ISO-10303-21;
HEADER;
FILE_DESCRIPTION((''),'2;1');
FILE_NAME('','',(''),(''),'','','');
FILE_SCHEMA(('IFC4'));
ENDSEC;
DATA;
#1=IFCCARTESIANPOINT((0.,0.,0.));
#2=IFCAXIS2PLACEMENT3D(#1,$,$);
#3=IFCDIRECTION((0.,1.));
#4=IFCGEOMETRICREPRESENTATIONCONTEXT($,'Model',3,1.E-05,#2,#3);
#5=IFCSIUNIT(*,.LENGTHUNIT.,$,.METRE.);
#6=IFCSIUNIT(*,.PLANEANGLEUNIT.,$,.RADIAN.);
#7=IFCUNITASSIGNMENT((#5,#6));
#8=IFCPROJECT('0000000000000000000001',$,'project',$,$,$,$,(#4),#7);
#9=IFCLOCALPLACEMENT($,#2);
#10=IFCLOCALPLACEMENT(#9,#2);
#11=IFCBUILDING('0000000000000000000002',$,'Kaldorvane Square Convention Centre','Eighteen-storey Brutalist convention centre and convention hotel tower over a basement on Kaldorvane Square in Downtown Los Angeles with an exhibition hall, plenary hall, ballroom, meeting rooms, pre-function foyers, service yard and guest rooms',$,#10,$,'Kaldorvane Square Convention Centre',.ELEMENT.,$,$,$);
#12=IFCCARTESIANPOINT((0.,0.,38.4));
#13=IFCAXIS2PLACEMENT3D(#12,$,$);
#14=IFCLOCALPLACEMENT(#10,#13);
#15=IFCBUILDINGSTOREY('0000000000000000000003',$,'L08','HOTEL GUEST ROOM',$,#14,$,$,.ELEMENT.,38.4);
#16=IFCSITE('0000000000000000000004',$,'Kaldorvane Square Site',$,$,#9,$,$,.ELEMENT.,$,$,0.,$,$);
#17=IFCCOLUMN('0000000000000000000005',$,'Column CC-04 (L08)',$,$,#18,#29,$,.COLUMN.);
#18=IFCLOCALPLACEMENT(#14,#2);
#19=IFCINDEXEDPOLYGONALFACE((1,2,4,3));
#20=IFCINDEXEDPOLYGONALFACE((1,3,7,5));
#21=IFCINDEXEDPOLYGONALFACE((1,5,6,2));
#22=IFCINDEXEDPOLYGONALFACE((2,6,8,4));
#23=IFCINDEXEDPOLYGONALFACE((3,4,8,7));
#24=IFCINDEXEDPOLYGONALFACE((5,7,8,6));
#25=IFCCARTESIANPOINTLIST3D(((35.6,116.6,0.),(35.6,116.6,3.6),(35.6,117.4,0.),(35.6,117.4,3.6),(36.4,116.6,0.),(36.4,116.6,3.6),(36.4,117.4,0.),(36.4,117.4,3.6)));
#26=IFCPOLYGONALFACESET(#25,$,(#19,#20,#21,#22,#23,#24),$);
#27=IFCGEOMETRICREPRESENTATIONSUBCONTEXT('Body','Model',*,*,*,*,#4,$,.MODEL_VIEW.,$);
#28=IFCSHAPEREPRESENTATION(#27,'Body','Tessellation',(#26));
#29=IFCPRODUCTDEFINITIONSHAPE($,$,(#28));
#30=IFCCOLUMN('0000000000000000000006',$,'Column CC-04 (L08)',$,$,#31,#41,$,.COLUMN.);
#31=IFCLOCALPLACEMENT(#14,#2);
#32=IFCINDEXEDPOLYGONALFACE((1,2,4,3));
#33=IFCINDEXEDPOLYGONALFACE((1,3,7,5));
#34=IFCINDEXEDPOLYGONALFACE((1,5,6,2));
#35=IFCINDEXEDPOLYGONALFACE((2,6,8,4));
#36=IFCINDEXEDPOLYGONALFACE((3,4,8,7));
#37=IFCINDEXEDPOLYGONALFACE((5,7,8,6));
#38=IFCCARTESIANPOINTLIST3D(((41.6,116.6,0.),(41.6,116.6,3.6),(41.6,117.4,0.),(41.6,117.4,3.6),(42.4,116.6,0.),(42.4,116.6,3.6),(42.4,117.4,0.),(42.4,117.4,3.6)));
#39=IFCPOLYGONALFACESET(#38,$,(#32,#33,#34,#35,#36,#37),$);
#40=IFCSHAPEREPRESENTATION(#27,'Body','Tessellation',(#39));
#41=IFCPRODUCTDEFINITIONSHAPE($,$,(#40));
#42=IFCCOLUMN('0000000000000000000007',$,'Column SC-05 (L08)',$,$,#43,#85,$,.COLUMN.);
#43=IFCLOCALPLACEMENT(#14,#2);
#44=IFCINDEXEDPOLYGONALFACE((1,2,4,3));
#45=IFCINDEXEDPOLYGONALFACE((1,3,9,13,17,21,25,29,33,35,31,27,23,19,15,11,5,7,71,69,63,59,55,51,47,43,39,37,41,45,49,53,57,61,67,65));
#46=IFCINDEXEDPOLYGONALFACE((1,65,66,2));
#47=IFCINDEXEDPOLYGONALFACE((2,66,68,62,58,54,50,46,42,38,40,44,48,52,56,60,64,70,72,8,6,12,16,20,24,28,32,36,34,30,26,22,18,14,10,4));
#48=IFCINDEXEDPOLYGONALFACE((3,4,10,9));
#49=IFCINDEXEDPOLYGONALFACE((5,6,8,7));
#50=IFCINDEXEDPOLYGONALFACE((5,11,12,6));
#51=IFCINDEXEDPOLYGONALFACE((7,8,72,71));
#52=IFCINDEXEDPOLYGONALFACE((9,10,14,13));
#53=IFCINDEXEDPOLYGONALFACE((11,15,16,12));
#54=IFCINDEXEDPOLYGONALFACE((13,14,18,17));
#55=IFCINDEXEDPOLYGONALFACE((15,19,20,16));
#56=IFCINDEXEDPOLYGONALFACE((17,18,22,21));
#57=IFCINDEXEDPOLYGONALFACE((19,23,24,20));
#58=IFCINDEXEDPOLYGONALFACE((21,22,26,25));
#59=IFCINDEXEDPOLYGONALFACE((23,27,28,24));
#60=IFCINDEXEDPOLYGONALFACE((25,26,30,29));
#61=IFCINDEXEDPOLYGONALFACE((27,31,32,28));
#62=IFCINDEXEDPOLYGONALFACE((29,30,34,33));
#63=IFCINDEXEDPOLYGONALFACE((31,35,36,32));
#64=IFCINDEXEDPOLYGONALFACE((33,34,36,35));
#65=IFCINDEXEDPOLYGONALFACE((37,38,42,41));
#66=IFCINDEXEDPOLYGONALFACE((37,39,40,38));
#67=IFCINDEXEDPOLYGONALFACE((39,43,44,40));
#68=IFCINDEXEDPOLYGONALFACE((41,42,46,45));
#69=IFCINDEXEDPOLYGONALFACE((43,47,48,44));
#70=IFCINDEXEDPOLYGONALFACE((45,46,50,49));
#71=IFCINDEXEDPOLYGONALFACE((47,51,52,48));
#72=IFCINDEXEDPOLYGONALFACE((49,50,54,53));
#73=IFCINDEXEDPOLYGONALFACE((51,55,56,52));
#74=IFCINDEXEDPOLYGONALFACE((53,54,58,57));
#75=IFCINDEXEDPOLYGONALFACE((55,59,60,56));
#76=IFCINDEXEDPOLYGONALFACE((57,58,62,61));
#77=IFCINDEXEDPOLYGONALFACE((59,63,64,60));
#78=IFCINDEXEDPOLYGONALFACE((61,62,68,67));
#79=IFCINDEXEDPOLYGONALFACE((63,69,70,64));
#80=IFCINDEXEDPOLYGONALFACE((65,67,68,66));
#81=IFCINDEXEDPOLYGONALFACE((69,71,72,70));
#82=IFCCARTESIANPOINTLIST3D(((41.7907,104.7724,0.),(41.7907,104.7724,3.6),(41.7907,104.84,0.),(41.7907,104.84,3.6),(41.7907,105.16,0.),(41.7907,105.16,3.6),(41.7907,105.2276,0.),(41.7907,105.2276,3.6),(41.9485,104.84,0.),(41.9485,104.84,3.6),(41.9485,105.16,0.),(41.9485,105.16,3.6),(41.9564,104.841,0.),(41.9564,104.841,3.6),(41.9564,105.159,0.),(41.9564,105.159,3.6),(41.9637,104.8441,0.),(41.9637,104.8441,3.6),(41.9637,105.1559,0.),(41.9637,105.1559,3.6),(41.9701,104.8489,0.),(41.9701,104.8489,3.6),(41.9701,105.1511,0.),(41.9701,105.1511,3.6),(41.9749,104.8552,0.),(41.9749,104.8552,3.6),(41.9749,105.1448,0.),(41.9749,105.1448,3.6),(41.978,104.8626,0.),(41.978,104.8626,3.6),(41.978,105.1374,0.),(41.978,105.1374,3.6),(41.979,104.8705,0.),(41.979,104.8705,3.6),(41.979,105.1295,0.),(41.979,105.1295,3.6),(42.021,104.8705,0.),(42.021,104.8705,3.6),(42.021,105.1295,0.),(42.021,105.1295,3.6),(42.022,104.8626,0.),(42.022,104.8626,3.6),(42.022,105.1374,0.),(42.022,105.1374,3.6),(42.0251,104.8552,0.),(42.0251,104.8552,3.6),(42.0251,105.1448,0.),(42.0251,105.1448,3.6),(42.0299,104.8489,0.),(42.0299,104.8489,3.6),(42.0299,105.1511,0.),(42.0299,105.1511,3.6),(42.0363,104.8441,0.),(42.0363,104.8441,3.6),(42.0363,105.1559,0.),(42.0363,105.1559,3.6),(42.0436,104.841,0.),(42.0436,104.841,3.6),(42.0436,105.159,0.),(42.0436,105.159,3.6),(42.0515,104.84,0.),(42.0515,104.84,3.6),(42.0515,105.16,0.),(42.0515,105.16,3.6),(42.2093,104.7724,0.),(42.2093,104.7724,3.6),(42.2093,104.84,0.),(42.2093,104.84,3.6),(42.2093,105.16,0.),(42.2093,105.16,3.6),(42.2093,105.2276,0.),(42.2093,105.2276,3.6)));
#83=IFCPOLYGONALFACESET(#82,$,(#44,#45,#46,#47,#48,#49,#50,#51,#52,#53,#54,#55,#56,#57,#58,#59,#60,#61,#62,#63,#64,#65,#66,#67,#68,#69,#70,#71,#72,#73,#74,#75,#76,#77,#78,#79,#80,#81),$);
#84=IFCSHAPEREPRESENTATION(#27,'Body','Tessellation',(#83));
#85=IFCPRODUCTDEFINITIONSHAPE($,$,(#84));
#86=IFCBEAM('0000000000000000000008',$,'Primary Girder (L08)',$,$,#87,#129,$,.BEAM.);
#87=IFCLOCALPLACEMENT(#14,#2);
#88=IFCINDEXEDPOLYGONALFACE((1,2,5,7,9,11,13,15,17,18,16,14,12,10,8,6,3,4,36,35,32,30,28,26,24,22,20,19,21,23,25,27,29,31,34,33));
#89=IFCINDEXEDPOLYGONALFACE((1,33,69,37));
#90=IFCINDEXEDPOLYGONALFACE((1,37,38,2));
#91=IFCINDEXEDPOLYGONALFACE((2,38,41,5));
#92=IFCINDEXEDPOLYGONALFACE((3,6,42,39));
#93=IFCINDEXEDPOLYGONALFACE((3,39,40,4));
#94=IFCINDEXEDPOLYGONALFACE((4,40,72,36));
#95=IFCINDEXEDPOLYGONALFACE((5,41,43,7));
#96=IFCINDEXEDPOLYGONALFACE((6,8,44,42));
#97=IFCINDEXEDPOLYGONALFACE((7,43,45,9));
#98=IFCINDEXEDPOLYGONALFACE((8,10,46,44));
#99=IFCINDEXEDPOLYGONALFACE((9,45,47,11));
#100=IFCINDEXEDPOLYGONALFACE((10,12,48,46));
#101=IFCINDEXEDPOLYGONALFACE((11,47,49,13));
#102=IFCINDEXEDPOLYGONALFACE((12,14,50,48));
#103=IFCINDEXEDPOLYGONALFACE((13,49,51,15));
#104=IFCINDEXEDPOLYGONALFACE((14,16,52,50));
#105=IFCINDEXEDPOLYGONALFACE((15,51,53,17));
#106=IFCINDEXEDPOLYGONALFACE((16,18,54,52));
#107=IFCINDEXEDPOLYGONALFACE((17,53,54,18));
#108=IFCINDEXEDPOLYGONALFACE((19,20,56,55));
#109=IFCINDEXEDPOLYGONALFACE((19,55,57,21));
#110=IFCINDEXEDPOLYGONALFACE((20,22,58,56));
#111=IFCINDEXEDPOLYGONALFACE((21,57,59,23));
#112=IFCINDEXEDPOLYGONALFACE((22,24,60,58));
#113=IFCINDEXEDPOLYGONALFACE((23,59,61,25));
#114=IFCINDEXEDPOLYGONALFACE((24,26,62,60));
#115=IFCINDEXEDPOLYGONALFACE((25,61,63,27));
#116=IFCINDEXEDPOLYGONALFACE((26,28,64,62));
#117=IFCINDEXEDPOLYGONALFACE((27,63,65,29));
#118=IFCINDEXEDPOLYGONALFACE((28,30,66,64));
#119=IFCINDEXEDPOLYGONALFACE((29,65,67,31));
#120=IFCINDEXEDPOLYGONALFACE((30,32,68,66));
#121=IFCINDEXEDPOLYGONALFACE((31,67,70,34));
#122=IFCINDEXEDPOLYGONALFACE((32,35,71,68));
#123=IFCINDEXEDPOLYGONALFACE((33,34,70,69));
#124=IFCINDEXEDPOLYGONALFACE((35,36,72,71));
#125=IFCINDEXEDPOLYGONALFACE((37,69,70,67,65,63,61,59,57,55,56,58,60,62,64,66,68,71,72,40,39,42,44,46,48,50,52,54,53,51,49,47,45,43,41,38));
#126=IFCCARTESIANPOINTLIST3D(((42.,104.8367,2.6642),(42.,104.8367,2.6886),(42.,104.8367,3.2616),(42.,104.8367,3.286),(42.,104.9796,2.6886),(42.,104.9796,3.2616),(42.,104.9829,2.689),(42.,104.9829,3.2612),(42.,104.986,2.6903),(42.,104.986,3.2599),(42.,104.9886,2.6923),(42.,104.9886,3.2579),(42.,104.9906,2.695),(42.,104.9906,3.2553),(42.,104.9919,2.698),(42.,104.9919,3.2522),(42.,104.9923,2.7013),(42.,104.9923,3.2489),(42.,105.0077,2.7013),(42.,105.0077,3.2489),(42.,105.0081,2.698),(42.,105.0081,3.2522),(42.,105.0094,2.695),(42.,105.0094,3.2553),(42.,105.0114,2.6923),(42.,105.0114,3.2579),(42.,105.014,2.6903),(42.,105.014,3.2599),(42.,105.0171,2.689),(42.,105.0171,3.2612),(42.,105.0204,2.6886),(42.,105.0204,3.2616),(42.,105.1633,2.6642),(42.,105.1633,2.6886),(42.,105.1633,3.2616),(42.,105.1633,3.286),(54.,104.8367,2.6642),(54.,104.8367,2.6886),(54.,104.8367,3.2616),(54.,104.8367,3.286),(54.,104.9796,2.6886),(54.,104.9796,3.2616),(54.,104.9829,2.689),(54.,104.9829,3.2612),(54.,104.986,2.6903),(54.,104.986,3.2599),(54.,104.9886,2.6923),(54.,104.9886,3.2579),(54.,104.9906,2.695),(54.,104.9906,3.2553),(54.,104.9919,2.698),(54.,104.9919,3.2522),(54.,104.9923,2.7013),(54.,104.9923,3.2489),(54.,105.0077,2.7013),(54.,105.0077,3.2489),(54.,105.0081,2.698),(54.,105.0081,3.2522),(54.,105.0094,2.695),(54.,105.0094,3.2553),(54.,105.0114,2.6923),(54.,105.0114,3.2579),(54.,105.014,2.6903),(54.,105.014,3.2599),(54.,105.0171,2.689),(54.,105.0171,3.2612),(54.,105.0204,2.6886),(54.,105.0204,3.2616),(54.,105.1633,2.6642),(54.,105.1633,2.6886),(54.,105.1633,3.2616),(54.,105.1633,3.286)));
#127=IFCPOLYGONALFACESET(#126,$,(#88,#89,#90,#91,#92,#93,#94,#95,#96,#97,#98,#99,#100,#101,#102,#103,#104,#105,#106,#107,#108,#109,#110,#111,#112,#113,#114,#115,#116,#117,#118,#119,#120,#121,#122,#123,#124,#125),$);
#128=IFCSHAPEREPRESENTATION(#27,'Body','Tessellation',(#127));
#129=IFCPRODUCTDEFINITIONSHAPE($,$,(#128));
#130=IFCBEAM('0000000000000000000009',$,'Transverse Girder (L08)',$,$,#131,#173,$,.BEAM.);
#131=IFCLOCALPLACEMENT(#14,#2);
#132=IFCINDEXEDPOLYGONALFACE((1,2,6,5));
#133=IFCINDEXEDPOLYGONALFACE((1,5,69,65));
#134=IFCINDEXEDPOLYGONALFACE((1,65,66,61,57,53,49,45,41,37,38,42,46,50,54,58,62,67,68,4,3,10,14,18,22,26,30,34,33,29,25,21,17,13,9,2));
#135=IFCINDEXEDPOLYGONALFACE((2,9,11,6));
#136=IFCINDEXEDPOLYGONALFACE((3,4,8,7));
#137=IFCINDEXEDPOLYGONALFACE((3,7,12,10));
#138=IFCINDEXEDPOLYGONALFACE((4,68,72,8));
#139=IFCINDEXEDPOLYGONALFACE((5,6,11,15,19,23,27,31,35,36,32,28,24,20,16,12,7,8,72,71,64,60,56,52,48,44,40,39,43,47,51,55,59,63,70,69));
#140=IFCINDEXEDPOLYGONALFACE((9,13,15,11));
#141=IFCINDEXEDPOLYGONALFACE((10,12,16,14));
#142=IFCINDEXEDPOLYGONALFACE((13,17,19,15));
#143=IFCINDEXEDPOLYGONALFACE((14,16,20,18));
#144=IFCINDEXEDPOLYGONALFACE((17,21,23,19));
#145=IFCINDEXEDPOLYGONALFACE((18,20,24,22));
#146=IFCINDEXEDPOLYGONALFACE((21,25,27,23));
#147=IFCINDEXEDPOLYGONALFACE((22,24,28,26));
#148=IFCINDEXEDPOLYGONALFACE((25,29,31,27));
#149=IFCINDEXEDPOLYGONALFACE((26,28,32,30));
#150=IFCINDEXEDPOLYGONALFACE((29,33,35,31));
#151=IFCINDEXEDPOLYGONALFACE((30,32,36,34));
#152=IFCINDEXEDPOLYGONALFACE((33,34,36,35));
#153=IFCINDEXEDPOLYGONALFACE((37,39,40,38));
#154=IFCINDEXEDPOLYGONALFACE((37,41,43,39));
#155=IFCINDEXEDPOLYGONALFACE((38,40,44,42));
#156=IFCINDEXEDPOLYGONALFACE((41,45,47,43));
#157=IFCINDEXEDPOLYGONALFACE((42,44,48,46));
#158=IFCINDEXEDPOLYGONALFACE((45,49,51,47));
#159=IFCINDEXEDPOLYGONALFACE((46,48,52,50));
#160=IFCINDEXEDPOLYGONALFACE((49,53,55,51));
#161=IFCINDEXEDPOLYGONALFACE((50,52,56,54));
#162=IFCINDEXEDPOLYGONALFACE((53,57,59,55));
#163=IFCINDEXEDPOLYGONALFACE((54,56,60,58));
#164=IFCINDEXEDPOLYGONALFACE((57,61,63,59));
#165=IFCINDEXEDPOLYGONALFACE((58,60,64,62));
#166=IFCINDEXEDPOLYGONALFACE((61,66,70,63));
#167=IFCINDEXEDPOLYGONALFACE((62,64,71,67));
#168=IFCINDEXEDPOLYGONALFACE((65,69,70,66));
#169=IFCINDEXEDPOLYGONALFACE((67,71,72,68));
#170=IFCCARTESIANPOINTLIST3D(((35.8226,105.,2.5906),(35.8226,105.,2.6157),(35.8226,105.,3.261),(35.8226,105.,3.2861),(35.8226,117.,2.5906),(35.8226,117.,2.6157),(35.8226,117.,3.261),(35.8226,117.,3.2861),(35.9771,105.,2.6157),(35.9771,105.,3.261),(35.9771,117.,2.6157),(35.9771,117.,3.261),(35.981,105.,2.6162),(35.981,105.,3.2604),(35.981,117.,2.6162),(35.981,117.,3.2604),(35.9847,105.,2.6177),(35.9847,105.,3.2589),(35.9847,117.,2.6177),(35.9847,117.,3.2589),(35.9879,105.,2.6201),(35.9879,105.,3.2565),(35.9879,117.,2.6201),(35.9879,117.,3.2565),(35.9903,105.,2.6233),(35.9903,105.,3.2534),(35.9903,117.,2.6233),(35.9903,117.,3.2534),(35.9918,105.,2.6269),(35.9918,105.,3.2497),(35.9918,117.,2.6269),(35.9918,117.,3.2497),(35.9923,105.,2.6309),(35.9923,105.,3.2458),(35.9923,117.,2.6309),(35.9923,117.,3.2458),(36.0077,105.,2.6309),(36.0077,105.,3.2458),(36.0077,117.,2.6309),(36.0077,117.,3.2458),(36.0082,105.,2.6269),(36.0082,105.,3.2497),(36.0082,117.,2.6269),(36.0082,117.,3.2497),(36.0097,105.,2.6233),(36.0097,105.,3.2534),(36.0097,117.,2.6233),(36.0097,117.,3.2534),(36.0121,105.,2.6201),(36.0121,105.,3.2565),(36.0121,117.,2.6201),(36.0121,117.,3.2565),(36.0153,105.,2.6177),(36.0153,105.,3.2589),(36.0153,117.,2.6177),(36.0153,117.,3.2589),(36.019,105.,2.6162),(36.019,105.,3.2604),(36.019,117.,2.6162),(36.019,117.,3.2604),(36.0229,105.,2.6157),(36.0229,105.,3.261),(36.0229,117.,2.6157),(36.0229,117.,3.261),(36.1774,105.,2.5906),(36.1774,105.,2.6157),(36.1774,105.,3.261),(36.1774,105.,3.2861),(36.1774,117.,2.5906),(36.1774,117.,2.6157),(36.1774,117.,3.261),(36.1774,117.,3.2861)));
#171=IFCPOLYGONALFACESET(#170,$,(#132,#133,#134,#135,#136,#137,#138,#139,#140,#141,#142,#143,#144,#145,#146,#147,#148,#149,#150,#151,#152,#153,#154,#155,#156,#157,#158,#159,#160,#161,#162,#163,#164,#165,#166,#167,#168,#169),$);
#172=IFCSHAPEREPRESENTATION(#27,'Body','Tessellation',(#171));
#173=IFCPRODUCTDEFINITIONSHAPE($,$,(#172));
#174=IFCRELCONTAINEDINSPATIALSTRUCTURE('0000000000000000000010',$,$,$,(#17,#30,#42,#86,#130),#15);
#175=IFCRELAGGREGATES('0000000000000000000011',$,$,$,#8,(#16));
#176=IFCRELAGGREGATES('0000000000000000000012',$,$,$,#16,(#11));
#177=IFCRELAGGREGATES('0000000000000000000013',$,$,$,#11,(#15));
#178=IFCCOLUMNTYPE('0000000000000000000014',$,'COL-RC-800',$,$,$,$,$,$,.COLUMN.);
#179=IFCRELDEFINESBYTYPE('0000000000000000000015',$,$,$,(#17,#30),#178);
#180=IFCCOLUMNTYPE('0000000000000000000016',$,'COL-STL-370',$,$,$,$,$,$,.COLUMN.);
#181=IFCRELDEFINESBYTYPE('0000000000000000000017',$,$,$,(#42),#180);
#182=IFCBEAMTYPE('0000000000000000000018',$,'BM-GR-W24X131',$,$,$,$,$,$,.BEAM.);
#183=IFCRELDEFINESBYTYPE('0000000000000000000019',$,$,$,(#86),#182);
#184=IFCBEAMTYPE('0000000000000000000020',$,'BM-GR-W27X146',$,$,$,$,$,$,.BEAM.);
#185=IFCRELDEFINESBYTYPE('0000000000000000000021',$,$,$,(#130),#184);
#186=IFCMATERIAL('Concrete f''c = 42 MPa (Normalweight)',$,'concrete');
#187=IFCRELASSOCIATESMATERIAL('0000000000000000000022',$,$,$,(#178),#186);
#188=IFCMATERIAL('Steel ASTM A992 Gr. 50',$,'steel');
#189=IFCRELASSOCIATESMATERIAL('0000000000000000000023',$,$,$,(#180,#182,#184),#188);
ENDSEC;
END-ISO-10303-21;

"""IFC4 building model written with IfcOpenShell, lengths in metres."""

from ifc_helpers import new_model, si_unit, direction, frame, origin, origin_2d, place, context, subcontext, project, spatial, rectangle, i_section, extrude, material, material_profile, profile_set, type_object, element, save


model = new_model("IFC4")

# Units and contexts
model_context = context("Model", 3, precision=1e-05, world=origin(), true_north=direction((0.0, 1.0)))
body_context = subcontext(model_context, "Body", "Model", "MODEL_VIEW")
ifc_project = project(units=[si_unit("LENGTHUNIT", "METRE"), si_unit("PLANEANGLEUNIT", "RADIAN")], contexts=[model_context])

# Site, building, storey
site_placement = place(None, origin())
site = spatial("IfcSite", under=ifc_project, at=site_placement, Name="Kaldorvane Square Site", CompositionType="ELEMENT", RefElevation=0.0)
building_placement = place(site_placement, origin())
building = spatial("IfcBuilding", under=site, at=building_placement, Name="Kaldorvane Square Convention Centre", Description="Eighteen-storey Brutalist convention centre and convention hotel tower over a basement on Kaldorvane Square in Downtown Los Angeles with an exhibition hall, plenary hall, ballroom, meeting rooms, pre-function foyers, service yard and guest rooms", LongName="Kaldorvane Square Convention Centre", CompositionType="ELEMENT")
storey_placement = place(building_placement, frame((0.0, 0.0, 38.4)))
storey = spatial("IfcBuildingStorey", under=building, at=storey_placement, Name="L08", Description="HOTEL GUEST ROOM", CompositionType="ELEMENT", Elevation=38.4)

# Columns
ifc_material_1 = material(Name="Concrete f'c = 42 MPa (Normalweight)", Category="concrete")
ifc_material_profile_1 = material_profile(ifc_material_1, rectangle(XDim=0.8, YDim=0.8, at=origin_2d()), Name="RC800X800")
ifc_profile_set_1 = profile_set([ifc_material_profile_1], Name="Concrete f'c = 42 MPa (Normalweight)")
column_type_1 = type_object("IfcColumnType", Name="COL-RC-800", PredefinedType="COLUMN", material=ifc_profile_set_1)
for number, where, z_axis, x_axis, name in (
    (1, (36.0, 117.0, 0.0), (0.0, 0.0, 1.0), (1.0, 0.0, 0.0), "Column CC-04 (L08)"),
    (2, (42.0, 117.0, 0.0), (0.0, 0.0, 1.0), (1.0, 0.0, 0.0), "Column CC-04 (L08)"),
):
    element("IfcColumn", number, at=place(storey_placement, frame(where, z_axis=z_axis, x_axis=x_axis)), inside=storey, type_object=column_type_1, Name=name, PredefinedType="COLUMN", context=body_context, shape_type="SweptSolid", body=[
        extrude(rectangle(XDim=0.8, YDim=0.8, at=origin_2d()), origin(), (0.0, 0.0, 1.0), 3.6),
    ])
ifc_material_2 = material(Name="Steel ASTM A992 Gr. 50", Category="steel")
ifc_material_profile_2 = material_profile(ifc_material_2, i_section(OverallWidth=0.4185, OverallDepth=0.4552, WebThickness=0.042, FlangeThickness=0.0676, FilletRadius=0.0305, at=origin_2d()), Name="W14X370")
ifc_profile_set_2 = profile_set([ifc_material_profile_2], Name="Steel ASTM A992 Gr. 50")
column_type_2 = type_object("IfcColumnType", Name="COL-STL-370", PredefinedType="COLUMN", material=ifc_profile_set_2)
column_placement = place(storey_placement, frame((42.0, 105.0, 0.0), z_axis=(0.0, 0.0, 1.0), x_axis=(1.0, 0.0, 0.0)))
element("IfcColumn", 3, at=column_placement, inside=storey, type_object=column_type_2, Name="Column SC-05 (L08)", PredefinedType="COLUMN", context=body_context, shape_type="SweptSolid", body=[
    extrude(i_section(OverallWidth=0.4185, OverallDepth=0.4552, WebThickness=0.042, FlangeThickness=0.0676, FilletRadius=0.0305, at=origin_2d()), origin(), (0.0, 0.0, 1.0), 3.6),
])

# Beams
ifc_material_profile_3 = material_profile(ifc_material_2, i_section(OverallWidth=0.3265, OverallDepth=0.6218, WebThickness=0.0154, FlangeThickness=0.0244, FilletRadius=0.0127, at=origin_2d()), Name="W24X131")
ifc_profile_set_3 = profile_set([ifc_material_profile_3], Name="Steel ASTM A992 Gr. 50")
beam_type_1 = type_object("IfcBeamType", Name="BM-GR-W24X131", PredefinedType="BEAM", material=ifc_profile_set_3)
beam_1_placement = place(storey_placement, frame((42.0, 105.0, 2.9751), z_axis=(1.0, 0.0, 0.0), x_axis=(0.0, 1.0, 0.0)))
element("IfcBeam", 4, at=beam_1_placement, inside=storey, type_object=beam_type_1, Name="Primary Girder (L08)", PredefinedType="BEAM", context=body_context, shape_type="SweptSolid", body=[
    extrude(i_section(OverallWidth=0.3265, OverallDepth=0.6218, WebThickness=0.0154, FlangeThickness=0.0244, FilletRadius=0.0127, at=origin_2d()), origin(), (0.0, 0.0, 1.0), 12.0),
])
ifc_material_profile_4 = material_profile(ifc_material_2, i_section(OverallWidth=0.3547, OverallDepth=0.6955, WebThickness=0.0154, FlangeThickness=0.0251, FilletRadius=0.0152, at=origin_2d()), Name="W27X146")
ifc_profile_set_4 = profile_set([ifc_material_profile_4], Name="Steel ASTM A992 Gr. 50")
beam_type_2 = type_object("IfcBeamType", Name="BM-GR-W27X146", PredefinedType="BEAM", material=ifc_profile_set_4)
for number, where, z_axis, x_axis, name in (
    (5, (36.0, 105.0, 2.9383), (0.0, 1.0, 0.0), (-1.0, 0.0, 0.0), "Transverse Girder (L08)"),
):
    element("IfcBeam", number, at=place(storey_placement, frame(where, z_axis=z_axis, x_axis=x_axis)), inside=storey, type_object=beam_type_2, Name=name, PredefinedType="BEAM", context=body_context, shape_type="SweptSolid", body=[
        extrude(i_section(OverallWidth=0.3547, OverallDepth=0.6955, WebThickness=0.0154, FlangeThickness=0.0251, FilletRadius=0.0152, at=origin_2d()), origin(), (0.0, 0.0, 1.0), 12.0),
    ])

save(model, "model.ifc")
